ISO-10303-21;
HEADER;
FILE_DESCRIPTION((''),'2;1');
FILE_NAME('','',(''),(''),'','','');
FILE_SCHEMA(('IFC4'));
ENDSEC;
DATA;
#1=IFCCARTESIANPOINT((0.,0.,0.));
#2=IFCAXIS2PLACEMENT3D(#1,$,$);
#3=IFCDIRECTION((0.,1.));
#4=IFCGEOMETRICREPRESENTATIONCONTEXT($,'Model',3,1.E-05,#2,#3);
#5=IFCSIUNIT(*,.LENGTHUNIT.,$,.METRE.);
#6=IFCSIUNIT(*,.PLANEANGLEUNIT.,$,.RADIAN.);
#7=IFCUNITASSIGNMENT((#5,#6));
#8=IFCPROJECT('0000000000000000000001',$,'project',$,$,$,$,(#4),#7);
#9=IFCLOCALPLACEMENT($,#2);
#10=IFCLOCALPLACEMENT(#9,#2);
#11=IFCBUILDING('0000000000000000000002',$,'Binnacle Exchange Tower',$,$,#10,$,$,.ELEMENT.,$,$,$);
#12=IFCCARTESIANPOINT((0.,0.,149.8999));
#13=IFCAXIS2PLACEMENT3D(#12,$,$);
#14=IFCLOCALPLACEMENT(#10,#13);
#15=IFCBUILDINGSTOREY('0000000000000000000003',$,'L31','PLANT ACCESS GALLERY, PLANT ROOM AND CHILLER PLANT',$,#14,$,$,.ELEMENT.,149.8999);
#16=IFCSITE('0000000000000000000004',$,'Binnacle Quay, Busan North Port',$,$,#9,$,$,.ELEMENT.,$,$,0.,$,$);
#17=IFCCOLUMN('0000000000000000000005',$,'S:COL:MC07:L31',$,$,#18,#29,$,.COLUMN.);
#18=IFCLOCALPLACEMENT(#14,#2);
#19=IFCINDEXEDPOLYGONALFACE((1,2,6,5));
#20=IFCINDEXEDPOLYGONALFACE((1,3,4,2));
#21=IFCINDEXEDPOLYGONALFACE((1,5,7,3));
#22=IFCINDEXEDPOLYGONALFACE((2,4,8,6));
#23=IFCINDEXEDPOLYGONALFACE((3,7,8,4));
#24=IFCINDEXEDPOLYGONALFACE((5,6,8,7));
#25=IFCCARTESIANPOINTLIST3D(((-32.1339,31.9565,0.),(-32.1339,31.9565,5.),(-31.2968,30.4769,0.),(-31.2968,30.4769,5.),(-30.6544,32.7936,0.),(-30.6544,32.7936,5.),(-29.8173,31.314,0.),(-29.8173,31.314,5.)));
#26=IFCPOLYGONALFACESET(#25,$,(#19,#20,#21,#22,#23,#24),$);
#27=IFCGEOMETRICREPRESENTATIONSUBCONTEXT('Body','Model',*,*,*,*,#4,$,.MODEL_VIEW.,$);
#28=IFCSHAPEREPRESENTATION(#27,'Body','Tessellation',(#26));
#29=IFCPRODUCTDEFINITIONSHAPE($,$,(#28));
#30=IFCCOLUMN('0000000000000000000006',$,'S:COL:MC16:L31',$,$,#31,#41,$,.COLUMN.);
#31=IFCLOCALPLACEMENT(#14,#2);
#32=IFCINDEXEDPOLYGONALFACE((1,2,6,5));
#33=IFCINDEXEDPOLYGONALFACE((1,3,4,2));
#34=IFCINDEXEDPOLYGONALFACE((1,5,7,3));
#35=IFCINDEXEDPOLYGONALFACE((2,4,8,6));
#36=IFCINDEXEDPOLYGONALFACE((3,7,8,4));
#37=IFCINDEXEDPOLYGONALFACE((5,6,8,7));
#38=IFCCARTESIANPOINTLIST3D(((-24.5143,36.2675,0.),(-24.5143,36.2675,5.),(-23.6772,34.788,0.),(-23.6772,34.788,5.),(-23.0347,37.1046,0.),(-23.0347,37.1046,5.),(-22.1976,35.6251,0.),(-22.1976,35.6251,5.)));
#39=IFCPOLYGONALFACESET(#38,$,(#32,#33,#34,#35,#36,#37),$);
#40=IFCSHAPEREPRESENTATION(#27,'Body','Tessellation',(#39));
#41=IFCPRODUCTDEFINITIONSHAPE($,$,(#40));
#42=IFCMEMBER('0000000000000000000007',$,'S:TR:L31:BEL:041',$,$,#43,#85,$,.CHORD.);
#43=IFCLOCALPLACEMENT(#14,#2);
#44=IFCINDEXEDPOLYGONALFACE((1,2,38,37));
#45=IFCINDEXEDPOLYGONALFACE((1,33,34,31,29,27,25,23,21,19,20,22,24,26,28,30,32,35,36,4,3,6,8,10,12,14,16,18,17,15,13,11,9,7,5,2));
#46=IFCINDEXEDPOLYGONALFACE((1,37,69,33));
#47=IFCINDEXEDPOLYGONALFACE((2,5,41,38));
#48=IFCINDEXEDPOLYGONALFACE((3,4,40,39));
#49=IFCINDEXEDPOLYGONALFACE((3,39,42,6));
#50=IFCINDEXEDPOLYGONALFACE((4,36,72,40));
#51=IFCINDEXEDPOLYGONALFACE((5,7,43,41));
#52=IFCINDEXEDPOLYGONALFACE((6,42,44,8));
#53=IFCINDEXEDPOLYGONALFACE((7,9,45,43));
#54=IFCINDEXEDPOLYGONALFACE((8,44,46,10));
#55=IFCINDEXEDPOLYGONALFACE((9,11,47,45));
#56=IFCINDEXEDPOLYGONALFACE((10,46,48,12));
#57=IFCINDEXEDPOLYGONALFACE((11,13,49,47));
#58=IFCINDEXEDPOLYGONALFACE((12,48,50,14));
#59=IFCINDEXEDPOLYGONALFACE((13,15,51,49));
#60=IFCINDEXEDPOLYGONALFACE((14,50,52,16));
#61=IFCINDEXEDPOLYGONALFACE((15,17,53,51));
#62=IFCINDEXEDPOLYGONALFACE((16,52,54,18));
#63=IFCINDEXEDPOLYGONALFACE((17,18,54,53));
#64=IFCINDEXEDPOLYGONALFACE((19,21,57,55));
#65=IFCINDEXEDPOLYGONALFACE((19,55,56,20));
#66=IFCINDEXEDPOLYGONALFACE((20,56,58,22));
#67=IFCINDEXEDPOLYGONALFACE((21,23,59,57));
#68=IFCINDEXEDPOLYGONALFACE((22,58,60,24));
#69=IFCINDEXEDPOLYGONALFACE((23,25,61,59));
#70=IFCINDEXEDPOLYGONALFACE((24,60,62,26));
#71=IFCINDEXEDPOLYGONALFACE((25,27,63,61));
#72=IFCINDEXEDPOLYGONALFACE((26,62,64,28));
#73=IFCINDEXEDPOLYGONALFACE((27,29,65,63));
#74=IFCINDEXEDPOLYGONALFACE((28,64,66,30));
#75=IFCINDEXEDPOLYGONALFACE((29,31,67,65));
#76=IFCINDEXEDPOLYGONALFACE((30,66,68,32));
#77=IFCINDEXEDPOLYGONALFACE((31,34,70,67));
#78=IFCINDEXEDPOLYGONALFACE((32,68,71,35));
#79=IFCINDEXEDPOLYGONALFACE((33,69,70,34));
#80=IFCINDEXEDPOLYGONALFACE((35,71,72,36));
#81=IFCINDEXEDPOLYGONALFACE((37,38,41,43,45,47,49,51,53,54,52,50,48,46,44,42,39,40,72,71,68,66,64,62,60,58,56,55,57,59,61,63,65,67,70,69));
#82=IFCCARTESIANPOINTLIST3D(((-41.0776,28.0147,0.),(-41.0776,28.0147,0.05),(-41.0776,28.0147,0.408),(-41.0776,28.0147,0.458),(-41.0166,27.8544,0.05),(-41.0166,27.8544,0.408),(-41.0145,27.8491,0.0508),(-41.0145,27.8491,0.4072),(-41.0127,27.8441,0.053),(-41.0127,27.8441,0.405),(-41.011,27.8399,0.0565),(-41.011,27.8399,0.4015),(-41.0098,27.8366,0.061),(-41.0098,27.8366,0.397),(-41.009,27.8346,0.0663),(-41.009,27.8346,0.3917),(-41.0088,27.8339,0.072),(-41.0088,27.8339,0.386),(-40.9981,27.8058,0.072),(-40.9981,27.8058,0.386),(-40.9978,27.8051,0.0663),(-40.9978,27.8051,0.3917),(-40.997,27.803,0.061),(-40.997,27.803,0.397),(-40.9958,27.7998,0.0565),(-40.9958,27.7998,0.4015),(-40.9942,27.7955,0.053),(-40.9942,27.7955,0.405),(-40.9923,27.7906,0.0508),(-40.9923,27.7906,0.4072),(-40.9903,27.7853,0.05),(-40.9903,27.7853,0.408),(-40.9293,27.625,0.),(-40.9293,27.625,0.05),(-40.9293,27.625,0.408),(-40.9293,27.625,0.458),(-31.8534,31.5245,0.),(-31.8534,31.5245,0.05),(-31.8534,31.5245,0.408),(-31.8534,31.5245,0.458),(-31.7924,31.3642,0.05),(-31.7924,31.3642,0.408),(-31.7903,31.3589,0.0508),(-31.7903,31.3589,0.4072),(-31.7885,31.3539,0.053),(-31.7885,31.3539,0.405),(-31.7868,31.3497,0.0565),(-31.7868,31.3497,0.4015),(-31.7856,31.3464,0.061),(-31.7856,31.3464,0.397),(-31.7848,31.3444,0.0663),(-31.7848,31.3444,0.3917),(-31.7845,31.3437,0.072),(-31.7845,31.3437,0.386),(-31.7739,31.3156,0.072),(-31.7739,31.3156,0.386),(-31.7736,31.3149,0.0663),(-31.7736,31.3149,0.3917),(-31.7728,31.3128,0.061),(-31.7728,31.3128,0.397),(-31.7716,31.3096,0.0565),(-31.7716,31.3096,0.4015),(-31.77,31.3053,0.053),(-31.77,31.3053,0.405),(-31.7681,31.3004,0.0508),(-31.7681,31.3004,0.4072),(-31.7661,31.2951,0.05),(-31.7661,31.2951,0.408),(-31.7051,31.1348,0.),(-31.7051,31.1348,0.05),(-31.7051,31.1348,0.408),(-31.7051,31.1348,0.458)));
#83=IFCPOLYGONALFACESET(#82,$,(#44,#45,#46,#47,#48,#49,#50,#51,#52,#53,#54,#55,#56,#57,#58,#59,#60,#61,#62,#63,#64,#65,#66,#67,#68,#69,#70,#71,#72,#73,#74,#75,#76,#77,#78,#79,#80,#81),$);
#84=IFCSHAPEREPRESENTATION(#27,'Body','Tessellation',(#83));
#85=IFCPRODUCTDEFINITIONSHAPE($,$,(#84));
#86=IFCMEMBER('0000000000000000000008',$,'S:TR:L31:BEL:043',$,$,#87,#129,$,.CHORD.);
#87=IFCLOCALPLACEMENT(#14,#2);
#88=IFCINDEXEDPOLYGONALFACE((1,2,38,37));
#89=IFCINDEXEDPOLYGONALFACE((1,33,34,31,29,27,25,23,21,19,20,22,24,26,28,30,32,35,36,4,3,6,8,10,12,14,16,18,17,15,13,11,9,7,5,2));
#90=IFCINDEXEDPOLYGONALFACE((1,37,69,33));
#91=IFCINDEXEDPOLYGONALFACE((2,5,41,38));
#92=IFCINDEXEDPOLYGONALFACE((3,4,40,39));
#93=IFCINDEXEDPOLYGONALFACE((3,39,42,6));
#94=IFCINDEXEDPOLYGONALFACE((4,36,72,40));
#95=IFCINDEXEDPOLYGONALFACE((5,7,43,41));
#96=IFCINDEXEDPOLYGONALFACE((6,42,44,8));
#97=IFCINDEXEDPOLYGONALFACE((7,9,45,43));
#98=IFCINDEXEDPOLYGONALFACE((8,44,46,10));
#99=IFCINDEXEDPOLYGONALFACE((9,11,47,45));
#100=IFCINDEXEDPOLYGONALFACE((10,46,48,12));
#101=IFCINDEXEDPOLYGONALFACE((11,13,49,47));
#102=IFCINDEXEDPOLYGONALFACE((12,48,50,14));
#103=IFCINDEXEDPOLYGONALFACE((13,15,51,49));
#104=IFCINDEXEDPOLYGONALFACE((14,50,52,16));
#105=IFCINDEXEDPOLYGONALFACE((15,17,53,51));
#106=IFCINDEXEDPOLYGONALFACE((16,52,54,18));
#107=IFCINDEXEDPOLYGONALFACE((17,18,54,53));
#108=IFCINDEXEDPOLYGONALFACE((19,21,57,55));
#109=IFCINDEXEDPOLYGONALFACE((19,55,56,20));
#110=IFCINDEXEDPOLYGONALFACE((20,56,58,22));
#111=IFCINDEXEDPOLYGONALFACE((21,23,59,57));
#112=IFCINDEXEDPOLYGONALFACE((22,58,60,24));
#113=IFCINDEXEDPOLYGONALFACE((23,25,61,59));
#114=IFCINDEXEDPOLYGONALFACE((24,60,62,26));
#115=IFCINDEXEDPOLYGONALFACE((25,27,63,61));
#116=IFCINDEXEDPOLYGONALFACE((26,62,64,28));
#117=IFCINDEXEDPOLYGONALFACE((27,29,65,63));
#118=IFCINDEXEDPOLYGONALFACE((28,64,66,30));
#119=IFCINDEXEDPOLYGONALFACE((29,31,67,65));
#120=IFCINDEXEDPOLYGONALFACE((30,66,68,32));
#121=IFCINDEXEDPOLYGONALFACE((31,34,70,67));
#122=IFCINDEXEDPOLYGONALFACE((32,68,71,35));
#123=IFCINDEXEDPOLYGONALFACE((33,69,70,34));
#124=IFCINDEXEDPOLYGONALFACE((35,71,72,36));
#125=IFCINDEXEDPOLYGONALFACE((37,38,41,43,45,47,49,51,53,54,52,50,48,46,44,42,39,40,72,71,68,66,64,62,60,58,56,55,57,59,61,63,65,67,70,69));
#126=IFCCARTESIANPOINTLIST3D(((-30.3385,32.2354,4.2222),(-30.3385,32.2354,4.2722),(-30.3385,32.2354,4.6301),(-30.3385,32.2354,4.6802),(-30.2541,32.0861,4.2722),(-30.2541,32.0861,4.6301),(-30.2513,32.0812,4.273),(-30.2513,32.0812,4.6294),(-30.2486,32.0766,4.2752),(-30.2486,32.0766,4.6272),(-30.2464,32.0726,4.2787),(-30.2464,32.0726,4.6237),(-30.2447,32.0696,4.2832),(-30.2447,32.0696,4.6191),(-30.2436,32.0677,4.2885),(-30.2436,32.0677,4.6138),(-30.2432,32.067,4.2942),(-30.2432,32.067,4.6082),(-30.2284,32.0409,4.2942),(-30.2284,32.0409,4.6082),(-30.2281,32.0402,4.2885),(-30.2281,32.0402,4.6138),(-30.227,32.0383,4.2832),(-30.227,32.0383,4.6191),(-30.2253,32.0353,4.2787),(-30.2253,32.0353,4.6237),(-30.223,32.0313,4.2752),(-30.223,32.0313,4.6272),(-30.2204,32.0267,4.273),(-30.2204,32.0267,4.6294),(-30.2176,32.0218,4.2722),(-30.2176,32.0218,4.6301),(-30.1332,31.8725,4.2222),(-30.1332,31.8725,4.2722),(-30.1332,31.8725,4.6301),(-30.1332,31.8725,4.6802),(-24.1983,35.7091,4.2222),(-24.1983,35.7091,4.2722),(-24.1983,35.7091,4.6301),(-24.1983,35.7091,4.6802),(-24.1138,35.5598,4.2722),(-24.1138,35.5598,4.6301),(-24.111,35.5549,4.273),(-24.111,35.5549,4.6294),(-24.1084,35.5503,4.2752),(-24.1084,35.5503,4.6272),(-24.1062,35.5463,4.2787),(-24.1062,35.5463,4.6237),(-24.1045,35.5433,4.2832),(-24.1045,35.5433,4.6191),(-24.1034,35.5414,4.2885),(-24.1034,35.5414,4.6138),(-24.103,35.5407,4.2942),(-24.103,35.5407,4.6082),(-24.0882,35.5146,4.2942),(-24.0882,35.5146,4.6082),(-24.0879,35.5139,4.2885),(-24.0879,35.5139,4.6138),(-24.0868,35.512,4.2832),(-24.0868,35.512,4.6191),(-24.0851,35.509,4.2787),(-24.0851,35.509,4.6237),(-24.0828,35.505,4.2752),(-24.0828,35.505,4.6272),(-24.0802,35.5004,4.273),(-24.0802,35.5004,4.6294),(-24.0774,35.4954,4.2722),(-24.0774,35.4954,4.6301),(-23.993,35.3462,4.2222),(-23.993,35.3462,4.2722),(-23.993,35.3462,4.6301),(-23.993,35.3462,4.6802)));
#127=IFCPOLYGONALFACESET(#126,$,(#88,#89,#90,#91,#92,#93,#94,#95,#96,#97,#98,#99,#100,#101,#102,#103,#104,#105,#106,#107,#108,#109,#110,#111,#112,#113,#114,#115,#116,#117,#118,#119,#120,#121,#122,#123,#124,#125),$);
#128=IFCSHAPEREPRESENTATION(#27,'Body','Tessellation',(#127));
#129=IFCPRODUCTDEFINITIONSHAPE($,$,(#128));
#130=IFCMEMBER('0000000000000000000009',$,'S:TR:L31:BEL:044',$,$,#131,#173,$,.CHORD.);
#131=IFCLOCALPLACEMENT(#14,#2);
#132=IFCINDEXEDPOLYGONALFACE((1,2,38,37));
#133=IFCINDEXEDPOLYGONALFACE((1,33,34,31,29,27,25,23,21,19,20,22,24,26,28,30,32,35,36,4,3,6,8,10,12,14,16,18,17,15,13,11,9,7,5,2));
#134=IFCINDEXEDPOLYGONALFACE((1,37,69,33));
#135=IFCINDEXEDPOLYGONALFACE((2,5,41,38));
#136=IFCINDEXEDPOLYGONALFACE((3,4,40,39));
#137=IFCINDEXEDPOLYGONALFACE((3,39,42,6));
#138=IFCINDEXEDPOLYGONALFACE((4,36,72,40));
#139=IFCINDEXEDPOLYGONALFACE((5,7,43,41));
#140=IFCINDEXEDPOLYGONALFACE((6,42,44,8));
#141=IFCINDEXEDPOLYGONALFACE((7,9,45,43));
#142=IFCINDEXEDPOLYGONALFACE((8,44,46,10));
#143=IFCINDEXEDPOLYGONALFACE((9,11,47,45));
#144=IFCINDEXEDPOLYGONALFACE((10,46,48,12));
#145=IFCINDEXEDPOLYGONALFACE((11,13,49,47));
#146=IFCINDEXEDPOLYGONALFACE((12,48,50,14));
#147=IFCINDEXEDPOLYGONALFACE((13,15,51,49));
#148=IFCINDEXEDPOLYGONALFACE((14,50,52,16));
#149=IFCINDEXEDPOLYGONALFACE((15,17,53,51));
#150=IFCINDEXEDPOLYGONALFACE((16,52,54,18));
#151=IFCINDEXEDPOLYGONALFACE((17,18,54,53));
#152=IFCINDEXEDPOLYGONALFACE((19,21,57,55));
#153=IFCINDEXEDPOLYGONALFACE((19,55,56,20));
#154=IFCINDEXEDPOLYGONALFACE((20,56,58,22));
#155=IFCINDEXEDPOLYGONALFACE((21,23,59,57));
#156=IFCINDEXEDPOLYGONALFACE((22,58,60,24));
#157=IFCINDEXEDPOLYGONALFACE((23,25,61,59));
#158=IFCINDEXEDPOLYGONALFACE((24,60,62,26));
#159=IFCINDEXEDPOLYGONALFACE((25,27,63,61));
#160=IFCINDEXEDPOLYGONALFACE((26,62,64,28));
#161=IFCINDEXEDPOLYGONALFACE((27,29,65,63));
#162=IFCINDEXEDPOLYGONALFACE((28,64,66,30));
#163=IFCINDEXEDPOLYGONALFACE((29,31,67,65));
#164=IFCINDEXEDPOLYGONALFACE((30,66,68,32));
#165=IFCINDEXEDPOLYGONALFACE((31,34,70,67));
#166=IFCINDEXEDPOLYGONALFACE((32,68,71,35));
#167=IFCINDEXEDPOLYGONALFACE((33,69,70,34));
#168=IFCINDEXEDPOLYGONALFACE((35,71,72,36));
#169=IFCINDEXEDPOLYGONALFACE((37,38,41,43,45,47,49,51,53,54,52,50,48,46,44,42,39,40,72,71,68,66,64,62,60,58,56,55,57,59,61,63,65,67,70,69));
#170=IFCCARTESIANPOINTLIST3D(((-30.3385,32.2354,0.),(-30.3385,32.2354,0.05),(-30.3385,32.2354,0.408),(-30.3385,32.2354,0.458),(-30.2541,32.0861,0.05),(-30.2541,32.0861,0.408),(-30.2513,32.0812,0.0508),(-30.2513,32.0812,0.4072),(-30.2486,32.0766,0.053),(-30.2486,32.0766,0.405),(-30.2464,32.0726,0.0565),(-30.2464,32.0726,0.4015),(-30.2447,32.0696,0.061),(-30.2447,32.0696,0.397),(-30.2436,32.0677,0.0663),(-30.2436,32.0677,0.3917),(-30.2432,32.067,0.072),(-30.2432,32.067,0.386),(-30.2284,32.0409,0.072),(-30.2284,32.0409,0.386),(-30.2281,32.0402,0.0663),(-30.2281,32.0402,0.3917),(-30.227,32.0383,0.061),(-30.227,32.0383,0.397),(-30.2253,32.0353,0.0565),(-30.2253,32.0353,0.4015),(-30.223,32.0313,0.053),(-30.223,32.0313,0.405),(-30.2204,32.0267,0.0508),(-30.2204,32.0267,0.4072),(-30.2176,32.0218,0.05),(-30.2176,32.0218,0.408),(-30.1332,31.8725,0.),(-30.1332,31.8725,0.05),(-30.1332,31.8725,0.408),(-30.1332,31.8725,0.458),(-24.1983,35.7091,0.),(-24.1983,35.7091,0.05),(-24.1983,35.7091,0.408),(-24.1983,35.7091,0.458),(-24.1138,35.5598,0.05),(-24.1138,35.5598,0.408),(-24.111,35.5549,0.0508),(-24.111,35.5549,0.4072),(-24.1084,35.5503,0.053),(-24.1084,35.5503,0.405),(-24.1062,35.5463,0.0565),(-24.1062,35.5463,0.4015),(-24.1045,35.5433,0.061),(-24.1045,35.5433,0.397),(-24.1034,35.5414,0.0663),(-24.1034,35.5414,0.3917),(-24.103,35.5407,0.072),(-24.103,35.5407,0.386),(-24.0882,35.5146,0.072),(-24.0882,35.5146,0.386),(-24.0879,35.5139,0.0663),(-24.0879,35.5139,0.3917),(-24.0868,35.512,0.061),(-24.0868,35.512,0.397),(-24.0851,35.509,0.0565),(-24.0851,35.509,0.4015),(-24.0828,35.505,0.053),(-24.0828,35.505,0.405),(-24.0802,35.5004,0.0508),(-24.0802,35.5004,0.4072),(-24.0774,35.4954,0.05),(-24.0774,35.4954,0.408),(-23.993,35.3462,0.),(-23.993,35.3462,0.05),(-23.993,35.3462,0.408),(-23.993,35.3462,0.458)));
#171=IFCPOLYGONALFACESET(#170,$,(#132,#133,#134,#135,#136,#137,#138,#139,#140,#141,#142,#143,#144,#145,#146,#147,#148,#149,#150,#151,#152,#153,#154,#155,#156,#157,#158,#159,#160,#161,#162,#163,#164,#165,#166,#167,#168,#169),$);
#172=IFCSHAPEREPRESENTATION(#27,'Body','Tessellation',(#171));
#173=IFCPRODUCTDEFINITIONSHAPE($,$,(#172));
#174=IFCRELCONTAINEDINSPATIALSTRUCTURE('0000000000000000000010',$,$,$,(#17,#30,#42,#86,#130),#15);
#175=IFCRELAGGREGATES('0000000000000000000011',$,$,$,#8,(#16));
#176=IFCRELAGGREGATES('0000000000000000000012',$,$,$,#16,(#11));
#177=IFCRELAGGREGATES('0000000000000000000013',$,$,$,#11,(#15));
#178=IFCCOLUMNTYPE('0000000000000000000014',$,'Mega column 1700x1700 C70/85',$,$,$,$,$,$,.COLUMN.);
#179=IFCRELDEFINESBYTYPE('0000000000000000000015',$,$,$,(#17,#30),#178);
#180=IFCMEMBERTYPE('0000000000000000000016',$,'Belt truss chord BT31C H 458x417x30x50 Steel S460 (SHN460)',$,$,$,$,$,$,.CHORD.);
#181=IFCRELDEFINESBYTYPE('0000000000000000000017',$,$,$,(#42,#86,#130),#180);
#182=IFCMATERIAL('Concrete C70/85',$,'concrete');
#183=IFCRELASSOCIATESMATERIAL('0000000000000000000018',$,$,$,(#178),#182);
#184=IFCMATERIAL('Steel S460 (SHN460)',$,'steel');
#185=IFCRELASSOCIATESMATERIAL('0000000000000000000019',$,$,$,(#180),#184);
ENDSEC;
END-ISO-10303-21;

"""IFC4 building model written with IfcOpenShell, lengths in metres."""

from ifc_helpers import new_model, si_unit, direction, frame, origin, origin_2d, place, context, subcontext, project, spatial, rectangle, i_section, extrude, material, material_profile, profile_set, type_object, element, save


model = new_model("IFC4")

# Units and contexts
model_context = context("Model", 3, precision=1e-05, world=origin(), true_north=direction((0.0, 1.0)))
body_context = subcontext(model_context, "Body", "Model", "MODEL_VIEW")
ifc_project = project(units=[si_unit("LENGTHUNIT", "METRE"), si_unit("PLANEANGLEUNIT", "RADIAN")], contexts=[model_context])

# Site, building, storey
site_placement = place(None, origin())
site = spatial("IfcSite", under=ifc_project, at=site_placement, Name="Binnacle Quay, Busan North Port", CompositionType="ELEMENT", RefElevation=0.0)
building_placement = place(site_placement, origin())
building = spatial("IfcBuilding", under=site, at=building_placement, Name="Binnacle Exchange Tower", CompositionType="ELEMENT")
storey_placement = place(building_placement, frame((0.0, 0.0, 149.8999)))
storey = spatial("IfcBuildingStorey", under=building, at=storey_placement, Name="L31", Description="PLANT ACCESS GALLERY, PLANT ROOM AND CHILLER PLANT", CompositionType="ELEMENT", Elevation=149.8999)

# Columns
ifc_material_1 = material(Name="Concrete C70/85", Category="concrete")
ifc_material_profile_1 = material_profile(ifc_material_1, rectangle(XDim=1.7, YDim=1.7, at=origin_2d()), Name="Mega column 1700x1700 C70/85")
ifc_profile_set_1 = profile_set([ifc_material_profile_1], Name="Concrete C70/85")
column_type = type_object("IfcColumnType", Name="Mega column 1700x1700 C70/85", PredefinedType="COLUMN", material=ifc_profile_set_1)
for number, where, z_axis, x_axis, name in (
    (1, (-30.9756, 31.6353, 0.0), (0.0, 0.0, 1.0), (0.870356, 0.492424, 0.0), "S:COL:MC07:L31"),
    (2, (-23.356, 35.9463, 0.0), (0.0, 0.0, 1.0), (0.870356, 0.492424, 0.0), "S:COL:MC16:L31"),
):
    element("IfcColumn", number, at=place(storey_placement, frame(where, z_axis=z_axis, x_axis=x_axis)), inside=storey, type_object=column_type, Name=name, PredefinedType="COLUMN", context=body_context, shape_type="SweptSolid", body=[
        extrude(rectangle(XDim=1.7, YDim=1.7, at=origin_2d()), origin(), (0.0, 0.0, 1.0), 5.0),
    ])

# Members
ifc_material_2 = material(Name="Steel S460 (SHN460)", Category="steel")
ifc_material_profile_2 = material_profile(ifc_material_2, i_section(OverallWidth=0.417, OverallDepth=0.458, WebThickness=0.03, FlangeThickness=0.05, FilletRadius=0.022, at=origin_2d()), Name="H 458x417x30x50")
ifc_profile_set_2 = profile_set([ifc_material_profile_2], Name="Steel S460 (SHN460)")
member_type_1 = type_object("IfcMemberType", Name="Belt truss chord BT31C H 458x417x30x50 Steel S460 (SHN460)", PredefinedType="CHORD", material=ifc_profile_set_2)
member_1_placement = place(storey_placement, frame((-41.0034, 27.8198, 0.229), z_axis=(0.934629, 0.355625, 0.0), x_axis=(-0.355625, 0.934629, 0.0)))
element("IfcMember", 3, at=member_1_placement, inside=storey, type_object=member_type_1, Name="S:TR:L31:BEL:041", PredefinedType="CHORD", context=body_context, shape_type="SweptSolid", body=[
    extrude(i_section(OverallWidth=0.417, OverallDepth=0.458, WebThickness=0.03, FlangeThickness=0.05, FilletRadius=0.022, at=origin_2d()), origin(), (0.0, 0.0, 1.0), 9.8694),
])
for number, where, z_axis, x_axis, name in (
    (4, (-30.2358, 32.054, 4.4512), (0.870373, 0.492392, 0.0), (-0.492392, 0.870373, 0.0), "S:TR:L31:BEL:043"),
    (5, (-30.2358, 32.054, 0.229), (0.870373, 0.492392, 0.0), (-0.492392, 0.870373, 0.0), "S:TR:L31:BEL:044"),
):
    element("IfcMember", number, at=place(storey_placement, frame(where, z_axis=z_axis, x_axis=x_axis)), inside=storey, type_object=member_type_1, Name=name, PredefinedType="CHORD", context=body_context, shape_type="SweptSolid", body=[
        extrude(i_section(OverallWidth=0.417, OverallDepth=0.458, WebThickness=0.03, FlangeThickness=0.05, FilletRadius=0.022, at=origin_2d()), origin(), (0.0, 0.0, 1.0), 7.0547),
    ])

save(model, "model.ifc")
